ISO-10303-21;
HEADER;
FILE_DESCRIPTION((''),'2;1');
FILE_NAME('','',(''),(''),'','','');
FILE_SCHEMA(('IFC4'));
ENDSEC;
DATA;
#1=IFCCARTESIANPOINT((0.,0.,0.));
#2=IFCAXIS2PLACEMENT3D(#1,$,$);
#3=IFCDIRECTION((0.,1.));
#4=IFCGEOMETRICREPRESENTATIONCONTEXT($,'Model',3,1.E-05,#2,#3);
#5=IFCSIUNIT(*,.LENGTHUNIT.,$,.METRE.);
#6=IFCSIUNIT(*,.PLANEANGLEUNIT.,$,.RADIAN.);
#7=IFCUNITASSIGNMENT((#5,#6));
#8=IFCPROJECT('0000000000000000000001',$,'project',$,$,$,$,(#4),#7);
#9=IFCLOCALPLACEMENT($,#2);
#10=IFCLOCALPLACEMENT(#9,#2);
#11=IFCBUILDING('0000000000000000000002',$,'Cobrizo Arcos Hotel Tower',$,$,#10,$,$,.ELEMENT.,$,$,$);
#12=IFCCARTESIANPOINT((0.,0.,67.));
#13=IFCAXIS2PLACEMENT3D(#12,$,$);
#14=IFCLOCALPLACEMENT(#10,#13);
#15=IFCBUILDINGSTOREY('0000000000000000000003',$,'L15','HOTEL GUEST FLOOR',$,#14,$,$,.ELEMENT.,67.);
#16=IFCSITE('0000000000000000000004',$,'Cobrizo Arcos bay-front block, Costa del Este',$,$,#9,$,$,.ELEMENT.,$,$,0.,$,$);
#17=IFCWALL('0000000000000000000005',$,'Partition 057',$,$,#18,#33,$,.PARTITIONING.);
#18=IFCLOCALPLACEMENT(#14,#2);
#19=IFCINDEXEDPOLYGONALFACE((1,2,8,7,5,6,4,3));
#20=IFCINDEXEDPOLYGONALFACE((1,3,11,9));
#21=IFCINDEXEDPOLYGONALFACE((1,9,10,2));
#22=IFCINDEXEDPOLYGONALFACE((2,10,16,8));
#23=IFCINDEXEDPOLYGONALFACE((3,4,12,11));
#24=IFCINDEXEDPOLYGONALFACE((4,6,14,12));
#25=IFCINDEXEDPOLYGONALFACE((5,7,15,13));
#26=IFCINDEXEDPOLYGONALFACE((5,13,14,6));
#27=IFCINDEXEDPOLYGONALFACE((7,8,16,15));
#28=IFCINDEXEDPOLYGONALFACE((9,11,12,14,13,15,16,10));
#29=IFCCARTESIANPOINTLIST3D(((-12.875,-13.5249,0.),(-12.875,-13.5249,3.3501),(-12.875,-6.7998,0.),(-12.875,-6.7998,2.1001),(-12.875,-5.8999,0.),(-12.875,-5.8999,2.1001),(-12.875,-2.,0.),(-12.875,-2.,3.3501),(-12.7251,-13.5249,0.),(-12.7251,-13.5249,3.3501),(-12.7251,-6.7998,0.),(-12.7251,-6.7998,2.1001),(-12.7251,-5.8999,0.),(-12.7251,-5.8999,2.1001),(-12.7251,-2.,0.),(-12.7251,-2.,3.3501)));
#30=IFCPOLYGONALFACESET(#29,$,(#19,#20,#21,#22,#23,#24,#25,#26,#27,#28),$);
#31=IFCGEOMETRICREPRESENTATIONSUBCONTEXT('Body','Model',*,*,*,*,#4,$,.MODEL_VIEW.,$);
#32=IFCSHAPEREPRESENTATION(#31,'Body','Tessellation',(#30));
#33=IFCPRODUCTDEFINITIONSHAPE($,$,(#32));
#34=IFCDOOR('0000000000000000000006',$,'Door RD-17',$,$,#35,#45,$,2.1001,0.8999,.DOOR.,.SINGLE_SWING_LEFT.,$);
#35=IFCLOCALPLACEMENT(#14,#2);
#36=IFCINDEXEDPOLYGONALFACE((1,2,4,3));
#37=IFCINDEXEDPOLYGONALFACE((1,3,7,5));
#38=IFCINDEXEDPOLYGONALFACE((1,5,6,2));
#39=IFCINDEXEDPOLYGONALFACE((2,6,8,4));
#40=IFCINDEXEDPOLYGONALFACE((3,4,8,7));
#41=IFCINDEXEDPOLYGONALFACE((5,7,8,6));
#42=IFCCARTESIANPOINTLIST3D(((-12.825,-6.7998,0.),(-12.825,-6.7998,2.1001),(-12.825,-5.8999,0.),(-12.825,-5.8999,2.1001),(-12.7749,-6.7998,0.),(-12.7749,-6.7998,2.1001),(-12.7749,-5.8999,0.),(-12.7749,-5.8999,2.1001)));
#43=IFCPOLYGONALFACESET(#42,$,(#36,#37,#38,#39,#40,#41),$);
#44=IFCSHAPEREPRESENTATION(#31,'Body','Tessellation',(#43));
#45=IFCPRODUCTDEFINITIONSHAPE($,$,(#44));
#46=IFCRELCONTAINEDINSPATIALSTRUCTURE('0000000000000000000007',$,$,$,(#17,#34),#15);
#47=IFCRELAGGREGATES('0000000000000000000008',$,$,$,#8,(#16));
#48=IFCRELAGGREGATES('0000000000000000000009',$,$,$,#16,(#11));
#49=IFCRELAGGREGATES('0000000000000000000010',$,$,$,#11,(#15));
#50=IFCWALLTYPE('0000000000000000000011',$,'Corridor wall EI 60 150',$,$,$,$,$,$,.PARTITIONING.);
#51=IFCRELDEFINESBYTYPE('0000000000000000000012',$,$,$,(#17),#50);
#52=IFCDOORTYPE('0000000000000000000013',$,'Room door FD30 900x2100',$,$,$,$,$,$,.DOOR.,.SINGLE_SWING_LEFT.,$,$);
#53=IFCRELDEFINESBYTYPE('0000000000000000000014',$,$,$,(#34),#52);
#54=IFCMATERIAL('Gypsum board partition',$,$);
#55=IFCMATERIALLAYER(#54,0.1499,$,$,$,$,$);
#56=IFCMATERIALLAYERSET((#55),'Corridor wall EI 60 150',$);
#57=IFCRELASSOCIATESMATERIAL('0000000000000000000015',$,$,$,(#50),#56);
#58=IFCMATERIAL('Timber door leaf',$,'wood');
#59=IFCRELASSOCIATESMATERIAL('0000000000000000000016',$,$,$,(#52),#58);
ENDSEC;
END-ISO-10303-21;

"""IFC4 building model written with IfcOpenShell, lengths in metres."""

from ifc_helpers import new_model, si_unit, direction, frame, frame_2d, origin, place, context, subcontext, project, spatial, rectangle, extrude, material, layer, layer_set, type_object, element, fill, save


model = new_model("IFC4")

# Units and contexts
model_context = context("Model", 3, precision=1e-05, world=origin(), true_north=direction((0.0, 1.0)))
body_context = subcontext(model_context, "Body", "Model", "MODEL_VIEW")
ifc_project = project(units=[si_unit("LENGTHUNIT", "METRE"), si_unit("PLANEANGLEUNIT", "RADIAN")], contexts=[model_context])

# Site, building, storey
site_placement = place(None, origin())
site = spatial("IfcSite", under=ifc_project, at=site_placement, Name="Cobrizo Arcos bay-front block, Costa del Este", CompositionType="ELEMENT", RefElevation=0.0)
building_placement = place(site_placement, origin())
building = spatial("IfcBuilding", under=site, at=building_placement, Name="Cobrizo Arcos Hotel Tower", CompositionType="ELEMENT")
storey_placement = place(building_placement, frame((0.0, 0.0, 67.0)))
storey = spatial("IfcBuildingStorey", under=building, at=storey_placement, Name="L15", Description="HOTEL GUEST FLOOR", CompositionType="ELEMENT", Elevation=67.0)

# Shared definitions
ifc_material_1 = material(Name="Gypsum board partition")
ifc_layer_1 = layer(ifc_material_1, 0.1499)
ifc_layer_set_1 = layer_set([ifc_layer_1], Name="Corridor wall EI 60 150")
wall_type_1 = type_object("IfcWallType", Name="Corridor wall EI 60 150", PredefinedType="PARTITIONING", material=ifc_layer_set_1)

# Wall, opening, door
wall_1_placement = place(storey_placement, frame((-12.8, -13.5249, 0.0), z_axis=(0.0, 0.0, 1.0), x_axis=(0.0, 1.0, 0.0)))
wall_1 = element("IfcWall", 1, at=wall_1_placement, inside=storey, type_object=wall_type_1, Name="Partition 057", PredefinedType="PARTITIONING", context=body_context, shape_type="SweptSolid", body=[
    extrude(rectangle(XDim=11.5249, YDim=0.1499, at=frame_2d((5.7625, 0.0))), origin(), (0.0, 0.0, 1.0), 3.3501),
])
opening_1_placement = place(wall_1_placement, frame((6.7251, 0.0, 0.0)))
opening_1 = element("IfcOpeningElement", 2, at=opening_1_placement, cuts=wall_1, PredefinedType="OPENING", context=body_context, shape_type="SweptSolid", body=[
    extrude(rectangle(XDim=0.8999, YDim=2.1001, at=frame_2d((0.45, 1.05))), frame((0.0, 0.0869, 0.0), z_axis=(0.0, -1.0, 0.0), x_axis=(1.0, 0.0, 0.0)), (0.0, 0.0, 1.0), 0.1738),
])
ifc_material_2 = material(Name="Timber door leaf", Category="wood")
door_type_1 = type_object("IfcDoorType", Name="Room door FD30 900x2100", OperationType="SINGLE_SWING_LEFT", PredefinedType="DOOR", material=ifc_material_2)
door_1_placement = place(opening_1_placement, origin())
door_1 = element("IfcDoor", 3, at=door_1_placement, inside=storey, type_object=door_type_1, Name="Door RD-17", OperationType="SINGLE_SWING_LEFT", OverallHeight=2.1001, OverallWidth=0.8999, PredefinedType="DOOR", context=body_context, shape_type="SweptSolid", body=[
    extrude(rectangle(XDim=0.8999, YDim=2.1001, at=frame_2d((0.45, 1.05))), frame((0.0, 0.0249, 0.0), z_axis=(0.0, -1.0, 0.0), x_axis=(1.0, 0.0, 0.0)), (0.0, 0.0, 1.0), 0.05),
])
fill(opening_1, door_1)

save(model, "model.ifc")
